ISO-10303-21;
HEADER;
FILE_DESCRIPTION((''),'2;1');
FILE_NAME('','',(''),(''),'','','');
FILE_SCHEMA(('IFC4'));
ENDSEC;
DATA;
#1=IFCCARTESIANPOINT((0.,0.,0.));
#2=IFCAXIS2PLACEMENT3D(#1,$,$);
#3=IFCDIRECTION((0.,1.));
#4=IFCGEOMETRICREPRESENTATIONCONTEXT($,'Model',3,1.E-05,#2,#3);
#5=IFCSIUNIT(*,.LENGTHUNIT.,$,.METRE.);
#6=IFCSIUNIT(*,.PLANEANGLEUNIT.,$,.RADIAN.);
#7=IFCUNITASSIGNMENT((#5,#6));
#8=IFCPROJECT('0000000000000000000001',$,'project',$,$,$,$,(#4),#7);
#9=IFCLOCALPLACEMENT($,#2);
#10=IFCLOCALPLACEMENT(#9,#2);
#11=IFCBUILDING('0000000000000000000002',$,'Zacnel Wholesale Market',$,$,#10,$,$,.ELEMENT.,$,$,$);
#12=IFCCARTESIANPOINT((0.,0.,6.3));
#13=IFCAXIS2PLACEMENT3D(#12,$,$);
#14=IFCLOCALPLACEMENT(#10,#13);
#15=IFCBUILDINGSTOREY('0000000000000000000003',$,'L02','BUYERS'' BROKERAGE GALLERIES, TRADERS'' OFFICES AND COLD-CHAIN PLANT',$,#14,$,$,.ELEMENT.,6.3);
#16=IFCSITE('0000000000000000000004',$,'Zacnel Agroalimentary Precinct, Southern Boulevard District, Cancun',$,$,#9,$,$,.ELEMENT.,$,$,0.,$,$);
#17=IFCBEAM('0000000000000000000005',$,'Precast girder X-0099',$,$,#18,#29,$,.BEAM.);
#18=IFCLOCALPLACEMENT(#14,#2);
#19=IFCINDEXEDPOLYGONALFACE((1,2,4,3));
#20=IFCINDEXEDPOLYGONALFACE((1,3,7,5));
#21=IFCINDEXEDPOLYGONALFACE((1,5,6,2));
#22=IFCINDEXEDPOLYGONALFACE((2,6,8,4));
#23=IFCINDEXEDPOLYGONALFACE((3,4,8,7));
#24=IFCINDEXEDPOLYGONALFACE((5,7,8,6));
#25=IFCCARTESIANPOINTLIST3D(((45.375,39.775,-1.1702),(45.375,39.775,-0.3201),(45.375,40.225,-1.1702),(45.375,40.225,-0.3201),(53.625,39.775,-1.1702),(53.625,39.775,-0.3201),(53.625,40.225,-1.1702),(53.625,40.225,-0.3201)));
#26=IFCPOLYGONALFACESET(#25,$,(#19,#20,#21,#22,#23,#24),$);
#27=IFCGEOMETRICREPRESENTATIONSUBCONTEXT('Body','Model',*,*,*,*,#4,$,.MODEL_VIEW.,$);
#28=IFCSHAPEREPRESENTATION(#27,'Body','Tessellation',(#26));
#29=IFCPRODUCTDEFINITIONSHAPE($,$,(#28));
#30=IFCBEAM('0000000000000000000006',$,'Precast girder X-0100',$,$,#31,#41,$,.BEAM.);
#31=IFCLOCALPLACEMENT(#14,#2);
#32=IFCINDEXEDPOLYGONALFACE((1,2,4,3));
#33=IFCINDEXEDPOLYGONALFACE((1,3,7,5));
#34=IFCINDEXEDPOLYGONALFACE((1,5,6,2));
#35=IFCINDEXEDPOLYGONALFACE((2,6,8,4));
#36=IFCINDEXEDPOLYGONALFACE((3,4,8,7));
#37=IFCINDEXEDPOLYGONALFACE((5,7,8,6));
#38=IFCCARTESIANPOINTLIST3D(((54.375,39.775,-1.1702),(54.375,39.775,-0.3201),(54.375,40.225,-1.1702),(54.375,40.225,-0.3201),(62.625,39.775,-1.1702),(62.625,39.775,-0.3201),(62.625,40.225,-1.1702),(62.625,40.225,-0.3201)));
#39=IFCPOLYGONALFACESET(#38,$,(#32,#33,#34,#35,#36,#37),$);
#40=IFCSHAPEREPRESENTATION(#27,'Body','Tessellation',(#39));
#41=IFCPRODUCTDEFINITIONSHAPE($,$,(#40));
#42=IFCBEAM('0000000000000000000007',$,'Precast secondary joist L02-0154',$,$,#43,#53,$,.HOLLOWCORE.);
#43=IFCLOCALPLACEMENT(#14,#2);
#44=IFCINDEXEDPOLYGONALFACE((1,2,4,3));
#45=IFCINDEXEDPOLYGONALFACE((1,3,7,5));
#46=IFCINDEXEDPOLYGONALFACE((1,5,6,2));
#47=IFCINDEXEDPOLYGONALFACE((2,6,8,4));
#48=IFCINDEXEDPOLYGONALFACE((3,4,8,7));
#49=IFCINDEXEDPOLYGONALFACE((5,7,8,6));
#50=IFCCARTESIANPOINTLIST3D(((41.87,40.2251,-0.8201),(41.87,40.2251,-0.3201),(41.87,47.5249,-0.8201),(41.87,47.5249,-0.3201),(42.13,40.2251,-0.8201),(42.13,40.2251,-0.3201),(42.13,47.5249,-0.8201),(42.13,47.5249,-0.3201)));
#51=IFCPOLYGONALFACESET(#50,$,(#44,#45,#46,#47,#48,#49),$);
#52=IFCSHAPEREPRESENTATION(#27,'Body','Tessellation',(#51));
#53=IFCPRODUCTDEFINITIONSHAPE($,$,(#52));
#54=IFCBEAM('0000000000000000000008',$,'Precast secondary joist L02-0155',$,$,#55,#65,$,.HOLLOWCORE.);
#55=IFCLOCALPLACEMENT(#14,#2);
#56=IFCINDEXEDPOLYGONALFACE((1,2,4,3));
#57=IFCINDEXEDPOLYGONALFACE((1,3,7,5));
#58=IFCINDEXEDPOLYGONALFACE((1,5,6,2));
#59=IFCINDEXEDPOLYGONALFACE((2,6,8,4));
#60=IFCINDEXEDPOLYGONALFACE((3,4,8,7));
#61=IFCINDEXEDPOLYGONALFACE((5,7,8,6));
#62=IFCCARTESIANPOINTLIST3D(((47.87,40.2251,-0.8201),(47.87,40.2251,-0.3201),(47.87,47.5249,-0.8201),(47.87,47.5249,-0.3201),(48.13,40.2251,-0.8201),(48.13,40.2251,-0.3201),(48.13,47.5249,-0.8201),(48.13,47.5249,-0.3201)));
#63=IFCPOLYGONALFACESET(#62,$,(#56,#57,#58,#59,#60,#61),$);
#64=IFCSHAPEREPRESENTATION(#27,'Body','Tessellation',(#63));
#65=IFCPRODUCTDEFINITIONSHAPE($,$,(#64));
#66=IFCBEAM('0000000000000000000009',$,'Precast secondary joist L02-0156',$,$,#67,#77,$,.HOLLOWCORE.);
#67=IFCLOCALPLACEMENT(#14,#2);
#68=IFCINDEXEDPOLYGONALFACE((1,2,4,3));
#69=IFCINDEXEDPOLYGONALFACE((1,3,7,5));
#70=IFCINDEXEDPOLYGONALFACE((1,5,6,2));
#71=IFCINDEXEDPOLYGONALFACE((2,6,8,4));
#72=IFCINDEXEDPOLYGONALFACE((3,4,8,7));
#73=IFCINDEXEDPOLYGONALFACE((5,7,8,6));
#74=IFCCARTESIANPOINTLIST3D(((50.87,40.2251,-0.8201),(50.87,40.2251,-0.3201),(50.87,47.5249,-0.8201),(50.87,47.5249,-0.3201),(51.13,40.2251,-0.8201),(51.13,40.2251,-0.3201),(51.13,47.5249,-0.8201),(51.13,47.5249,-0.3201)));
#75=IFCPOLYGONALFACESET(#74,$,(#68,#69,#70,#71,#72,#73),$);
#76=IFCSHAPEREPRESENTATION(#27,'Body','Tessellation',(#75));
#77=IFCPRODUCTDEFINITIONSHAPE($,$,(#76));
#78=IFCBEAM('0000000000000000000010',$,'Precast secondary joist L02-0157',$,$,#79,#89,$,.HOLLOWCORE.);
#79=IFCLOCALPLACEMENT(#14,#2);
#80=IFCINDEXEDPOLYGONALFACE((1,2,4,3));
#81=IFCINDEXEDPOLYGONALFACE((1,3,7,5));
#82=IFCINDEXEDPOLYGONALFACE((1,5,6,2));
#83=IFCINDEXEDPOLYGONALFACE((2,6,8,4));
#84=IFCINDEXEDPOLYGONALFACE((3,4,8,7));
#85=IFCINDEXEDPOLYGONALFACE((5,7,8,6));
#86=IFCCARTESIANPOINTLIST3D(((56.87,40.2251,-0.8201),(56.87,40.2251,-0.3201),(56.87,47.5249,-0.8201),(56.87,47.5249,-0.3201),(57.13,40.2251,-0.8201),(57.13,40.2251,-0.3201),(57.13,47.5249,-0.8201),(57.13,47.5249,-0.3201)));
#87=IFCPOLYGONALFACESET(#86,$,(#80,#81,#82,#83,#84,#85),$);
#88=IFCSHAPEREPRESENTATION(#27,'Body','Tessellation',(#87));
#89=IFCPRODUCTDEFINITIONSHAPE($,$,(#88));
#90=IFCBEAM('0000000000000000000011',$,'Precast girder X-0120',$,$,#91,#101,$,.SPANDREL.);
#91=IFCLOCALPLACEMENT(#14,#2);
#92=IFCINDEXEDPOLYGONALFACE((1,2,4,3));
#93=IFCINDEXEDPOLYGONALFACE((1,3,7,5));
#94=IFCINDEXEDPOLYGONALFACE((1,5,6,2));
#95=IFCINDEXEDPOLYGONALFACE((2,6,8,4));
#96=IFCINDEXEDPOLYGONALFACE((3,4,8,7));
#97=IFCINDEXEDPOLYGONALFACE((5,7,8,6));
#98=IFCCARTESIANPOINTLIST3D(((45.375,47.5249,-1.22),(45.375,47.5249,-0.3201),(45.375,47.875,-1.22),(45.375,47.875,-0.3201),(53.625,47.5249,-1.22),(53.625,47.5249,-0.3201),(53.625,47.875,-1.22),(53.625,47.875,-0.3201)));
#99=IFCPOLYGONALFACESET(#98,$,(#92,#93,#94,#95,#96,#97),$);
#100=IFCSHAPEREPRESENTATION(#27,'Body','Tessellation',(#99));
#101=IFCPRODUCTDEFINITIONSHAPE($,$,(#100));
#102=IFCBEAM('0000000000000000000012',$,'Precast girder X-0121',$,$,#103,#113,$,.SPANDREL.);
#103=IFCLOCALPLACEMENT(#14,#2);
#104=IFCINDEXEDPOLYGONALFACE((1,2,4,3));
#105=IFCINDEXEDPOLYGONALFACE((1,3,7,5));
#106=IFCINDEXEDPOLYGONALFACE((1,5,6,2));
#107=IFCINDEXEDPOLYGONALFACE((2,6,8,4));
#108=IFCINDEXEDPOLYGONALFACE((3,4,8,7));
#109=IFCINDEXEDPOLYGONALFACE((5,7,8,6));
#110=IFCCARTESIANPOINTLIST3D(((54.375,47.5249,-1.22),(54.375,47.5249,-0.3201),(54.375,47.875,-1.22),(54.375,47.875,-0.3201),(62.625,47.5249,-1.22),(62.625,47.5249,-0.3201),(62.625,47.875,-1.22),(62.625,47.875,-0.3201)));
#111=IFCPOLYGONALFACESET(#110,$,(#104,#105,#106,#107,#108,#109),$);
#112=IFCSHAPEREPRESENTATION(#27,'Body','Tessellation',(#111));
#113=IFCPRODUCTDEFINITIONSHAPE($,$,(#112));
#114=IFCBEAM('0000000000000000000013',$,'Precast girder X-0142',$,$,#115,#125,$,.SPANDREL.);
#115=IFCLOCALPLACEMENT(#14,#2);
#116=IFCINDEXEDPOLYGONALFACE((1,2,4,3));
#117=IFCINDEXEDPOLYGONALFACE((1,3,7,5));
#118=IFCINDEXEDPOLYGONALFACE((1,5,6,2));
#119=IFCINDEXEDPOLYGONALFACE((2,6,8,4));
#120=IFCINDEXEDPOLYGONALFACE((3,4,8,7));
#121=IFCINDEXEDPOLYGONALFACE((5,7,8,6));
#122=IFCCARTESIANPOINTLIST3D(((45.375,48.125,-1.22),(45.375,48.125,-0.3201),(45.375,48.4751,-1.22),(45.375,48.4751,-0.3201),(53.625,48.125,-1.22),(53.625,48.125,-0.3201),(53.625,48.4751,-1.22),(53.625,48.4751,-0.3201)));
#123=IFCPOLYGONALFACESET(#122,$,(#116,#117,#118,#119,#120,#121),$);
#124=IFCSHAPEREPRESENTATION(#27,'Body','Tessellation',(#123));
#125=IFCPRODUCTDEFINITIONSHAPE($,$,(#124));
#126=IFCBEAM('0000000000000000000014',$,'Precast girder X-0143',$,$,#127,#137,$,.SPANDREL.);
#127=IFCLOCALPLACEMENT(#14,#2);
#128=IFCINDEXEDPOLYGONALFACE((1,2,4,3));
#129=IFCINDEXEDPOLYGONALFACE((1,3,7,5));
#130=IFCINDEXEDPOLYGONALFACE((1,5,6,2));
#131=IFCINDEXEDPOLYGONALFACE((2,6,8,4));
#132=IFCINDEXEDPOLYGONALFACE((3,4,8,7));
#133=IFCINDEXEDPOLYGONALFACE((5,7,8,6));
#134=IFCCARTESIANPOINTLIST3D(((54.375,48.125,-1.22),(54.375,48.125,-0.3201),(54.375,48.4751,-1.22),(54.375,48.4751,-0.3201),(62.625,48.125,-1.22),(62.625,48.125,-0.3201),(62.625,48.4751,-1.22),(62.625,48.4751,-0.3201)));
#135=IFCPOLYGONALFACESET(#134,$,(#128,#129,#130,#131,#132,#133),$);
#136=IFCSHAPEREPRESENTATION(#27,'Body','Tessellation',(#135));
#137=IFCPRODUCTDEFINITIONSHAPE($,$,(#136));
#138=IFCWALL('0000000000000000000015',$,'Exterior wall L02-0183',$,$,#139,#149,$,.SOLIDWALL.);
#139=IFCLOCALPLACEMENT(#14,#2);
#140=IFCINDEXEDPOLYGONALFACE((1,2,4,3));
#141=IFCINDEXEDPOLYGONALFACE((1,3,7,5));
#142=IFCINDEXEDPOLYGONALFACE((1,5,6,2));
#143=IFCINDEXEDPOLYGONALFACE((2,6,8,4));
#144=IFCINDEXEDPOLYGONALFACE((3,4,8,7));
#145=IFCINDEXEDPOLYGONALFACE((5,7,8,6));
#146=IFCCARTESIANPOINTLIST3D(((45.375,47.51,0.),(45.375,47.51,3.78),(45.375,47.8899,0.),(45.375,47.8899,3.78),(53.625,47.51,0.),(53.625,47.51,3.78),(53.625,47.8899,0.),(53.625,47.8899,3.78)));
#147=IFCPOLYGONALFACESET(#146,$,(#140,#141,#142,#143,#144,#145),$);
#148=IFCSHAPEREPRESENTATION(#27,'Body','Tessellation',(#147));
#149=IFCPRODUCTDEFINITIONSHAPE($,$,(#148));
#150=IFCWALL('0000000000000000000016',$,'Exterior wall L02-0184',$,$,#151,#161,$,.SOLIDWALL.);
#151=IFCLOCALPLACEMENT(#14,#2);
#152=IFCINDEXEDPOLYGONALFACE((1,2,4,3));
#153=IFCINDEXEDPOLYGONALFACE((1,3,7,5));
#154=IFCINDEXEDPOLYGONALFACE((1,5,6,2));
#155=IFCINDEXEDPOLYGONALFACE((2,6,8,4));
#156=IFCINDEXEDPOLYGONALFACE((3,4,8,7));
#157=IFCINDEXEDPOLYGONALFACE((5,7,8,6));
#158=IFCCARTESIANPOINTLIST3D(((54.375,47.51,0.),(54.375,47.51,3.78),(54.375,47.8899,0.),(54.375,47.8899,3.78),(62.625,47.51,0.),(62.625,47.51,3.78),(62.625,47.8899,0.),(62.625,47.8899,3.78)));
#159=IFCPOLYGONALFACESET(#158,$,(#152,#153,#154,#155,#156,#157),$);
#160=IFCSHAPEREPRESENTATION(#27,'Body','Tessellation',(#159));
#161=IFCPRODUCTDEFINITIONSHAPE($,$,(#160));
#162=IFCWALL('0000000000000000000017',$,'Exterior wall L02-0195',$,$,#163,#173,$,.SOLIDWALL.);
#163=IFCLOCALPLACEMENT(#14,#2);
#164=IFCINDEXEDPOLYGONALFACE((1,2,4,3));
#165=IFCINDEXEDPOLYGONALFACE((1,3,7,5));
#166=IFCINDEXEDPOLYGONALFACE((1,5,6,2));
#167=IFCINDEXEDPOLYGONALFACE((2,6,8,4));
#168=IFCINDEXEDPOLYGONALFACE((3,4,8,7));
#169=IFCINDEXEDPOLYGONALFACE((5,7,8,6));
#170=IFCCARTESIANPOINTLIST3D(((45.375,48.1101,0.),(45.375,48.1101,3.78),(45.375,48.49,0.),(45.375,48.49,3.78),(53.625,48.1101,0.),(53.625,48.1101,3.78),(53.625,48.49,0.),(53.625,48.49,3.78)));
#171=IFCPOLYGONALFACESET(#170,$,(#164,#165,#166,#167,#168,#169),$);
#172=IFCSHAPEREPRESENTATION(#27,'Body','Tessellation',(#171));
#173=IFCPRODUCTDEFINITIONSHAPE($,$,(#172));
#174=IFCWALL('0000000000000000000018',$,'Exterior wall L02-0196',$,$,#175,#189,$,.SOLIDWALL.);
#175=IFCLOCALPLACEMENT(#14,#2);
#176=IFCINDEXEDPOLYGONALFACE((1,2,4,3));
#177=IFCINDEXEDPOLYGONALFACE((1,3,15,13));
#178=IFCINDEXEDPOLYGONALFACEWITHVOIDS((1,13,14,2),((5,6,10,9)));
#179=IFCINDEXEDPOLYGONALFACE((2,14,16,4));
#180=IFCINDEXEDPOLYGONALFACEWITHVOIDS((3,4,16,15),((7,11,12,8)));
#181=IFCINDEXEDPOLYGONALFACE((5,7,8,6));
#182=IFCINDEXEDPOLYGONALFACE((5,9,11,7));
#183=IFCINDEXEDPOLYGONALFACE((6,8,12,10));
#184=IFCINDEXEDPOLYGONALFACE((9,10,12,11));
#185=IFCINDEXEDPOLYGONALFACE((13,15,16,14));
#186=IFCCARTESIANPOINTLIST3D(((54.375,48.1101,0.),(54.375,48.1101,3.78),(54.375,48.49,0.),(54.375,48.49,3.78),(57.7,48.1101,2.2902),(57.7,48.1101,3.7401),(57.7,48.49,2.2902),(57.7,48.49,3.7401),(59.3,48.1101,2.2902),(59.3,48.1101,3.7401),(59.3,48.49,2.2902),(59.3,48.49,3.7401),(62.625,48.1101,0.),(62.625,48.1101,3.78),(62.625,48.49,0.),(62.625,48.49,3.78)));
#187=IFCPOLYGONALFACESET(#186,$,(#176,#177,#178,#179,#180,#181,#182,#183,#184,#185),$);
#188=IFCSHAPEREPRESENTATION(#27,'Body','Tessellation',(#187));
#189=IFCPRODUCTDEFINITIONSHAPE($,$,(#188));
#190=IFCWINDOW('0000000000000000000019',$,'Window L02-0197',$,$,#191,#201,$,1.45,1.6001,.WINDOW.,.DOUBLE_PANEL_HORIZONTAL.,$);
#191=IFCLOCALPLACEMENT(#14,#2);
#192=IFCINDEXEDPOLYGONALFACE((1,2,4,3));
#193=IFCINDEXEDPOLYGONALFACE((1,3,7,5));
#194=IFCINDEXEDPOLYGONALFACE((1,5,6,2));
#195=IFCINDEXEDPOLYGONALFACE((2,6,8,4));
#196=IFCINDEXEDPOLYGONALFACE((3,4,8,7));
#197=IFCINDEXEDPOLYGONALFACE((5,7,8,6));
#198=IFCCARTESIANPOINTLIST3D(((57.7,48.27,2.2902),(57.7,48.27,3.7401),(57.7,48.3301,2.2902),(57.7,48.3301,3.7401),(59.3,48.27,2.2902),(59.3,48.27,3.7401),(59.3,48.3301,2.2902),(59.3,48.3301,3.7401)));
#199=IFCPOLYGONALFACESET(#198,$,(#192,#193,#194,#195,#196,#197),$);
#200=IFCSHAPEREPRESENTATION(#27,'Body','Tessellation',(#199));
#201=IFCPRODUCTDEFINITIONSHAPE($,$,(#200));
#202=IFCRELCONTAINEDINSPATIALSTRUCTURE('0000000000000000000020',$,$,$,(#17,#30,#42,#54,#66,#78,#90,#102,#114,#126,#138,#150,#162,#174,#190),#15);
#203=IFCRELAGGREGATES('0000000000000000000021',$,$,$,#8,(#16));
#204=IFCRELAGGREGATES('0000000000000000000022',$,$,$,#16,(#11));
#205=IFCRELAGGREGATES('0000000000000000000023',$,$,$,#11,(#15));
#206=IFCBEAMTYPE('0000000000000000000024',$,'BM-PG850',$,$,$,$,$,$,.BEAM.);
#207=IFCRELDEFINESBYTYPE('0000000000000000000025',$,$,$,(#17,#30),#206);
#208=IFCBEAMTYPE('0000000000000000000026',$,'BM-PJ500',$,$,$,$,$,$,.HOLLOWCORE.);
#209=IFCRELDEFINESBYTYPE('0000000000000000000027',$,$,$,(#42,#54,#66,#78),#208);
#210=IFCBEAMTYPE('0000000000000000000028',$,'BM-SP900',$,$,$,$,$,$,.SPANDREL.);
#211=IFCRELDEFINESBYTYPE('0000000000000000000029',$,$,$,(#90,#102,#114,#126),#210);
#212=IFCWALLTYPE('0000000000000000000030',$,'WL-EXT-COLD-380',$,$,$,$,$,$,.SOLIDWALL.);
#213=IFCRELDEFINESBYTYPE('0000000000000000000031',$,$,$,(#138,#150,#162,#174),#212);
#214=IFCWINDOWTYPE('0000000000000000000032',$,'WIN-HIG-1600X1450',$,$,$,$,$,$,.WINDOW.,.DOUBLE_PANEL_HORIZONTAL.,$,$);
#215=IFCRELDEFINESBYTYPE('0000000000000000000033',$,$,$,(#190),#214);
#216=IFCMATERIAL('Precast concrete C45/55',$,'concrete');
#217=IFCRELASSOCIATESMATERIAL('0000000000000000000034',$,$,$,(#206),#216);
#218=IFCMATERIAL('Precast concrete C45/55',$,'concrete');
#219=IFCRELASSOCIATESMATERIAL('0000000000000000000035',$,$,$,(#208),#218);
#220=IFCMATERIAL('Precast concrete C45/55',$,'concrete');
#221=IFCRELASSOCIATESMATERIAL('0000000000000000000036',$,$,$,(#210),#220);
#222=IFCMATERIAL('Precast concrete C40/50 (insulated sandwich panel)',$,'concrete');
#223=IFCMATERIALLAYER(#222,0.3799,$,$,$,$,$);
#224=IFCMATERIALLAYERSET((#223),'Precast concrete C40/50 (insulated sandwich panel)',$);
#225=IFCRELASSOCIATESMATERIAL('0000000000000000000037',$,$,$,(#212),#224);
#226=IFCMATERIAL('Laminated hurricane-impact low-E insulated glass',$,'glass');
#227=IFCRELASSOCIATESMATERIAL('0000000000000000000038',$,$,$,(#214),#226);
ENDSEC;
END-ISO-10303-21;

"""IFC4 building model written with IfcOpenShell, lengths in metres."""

from ifc_helpers import new_model, si_unit, direction, frame, frame_2d, origin, origin_2d, place, context, subcontext, project, spatial, rectangle, extrude, material, layer, layer_set, material_profile, profile_set, type_object, element, fill, save


model = new_model("IFC4")

# Units and contexts
model_context = context("Model", 3, precision=1e-05, world=origin(), true_north=direction((0.0, 1.0)))
body_context = subcontext(model_context, "Body", "Model", "MODEL_VIEW")
ifc_project = project(units=[si_unit("LENGTHUNIT", "METRE"), si_unit("PLANEANGLEUNIT", "RADIAN")], contexts=[model_context])

# Site, building, storey
site_placement = place(None, origin())
site = spatial("IfcSite", under=ifc_project, at=site_placement, Name="Zacnel Agroalimentary Precinct, Southern Boulevard District, Cancun", CompositionType="ELEMENT", RefElevation=0.0)
building_placement = place(site_placement, origin())
building = spatial("IfcBuilding", under=site, at=building_placement, Name="Zacnel Wholesale Market", CompositionType="ELEMENT")
storey_placement = place(building_placement, frame((0.0, 0.0, 6.3)))
storey = spatial("IfcBuildingStorey", under=building, at=storey_placement, Name="L02", Description="BUYERS' BROKERAGE GALLERIES, TRADERS' OFFICES AND COLD-CHAIN PLANT", CompositionType="ELEMENT", Elevation=6.3)

# Beams
ifc_material_1 = material(Name="Precast concrete C45/55", Category="concrete")
ifc_material_profile_1 = material_profile(ifc_material_1, rectangle(XDim=0.45, YDim=0.8501, at=origin_2d()), Name="PG 450x850")
ifc_profile_set_1 = profile_set([ifc_material_profile_1], Name="Precast concrete C45/55")
beam_type_1 = type_object("IfcBeamType", Name="BM-PG850", PredefinedType="BEAM", material=ifc_profile_set_1)
for number, where, z_axis, x_axis, name in (
    (1, (45.375, 40.0, -0.7451), (1.0, 0.0, 0.0), (0.0, 1.0, 0.0), "Precast girder X-0099"),
    (2, (54.375, 40.0, -0.7451), (1.0, 0.0, 0.0), (0.0, 1.0, 0.0), "Precast girder X-0100"),
):
    element("IfcBeam", number, at=place(storey_placement, frame(where, z_axis=z_axis, x_axis=x_axis)), inside=storey, type_object=beam_type_1, Name=name, PredefinedType="BEAM", context=body_context, shape_type="SweptSolid", body=[
        extrude(rectangle(XDim=0.45, YDim=0.8501, at=origin_2d()), origin(), (0.0, 0.0, 1.0), 8.25),
    ])
ifc_material_2 = material(Name="Precast concrete C45/55", Category="concrete")
ifc_material_profile_2 = material_profile(ifc_material_2, rectangle(XDim=0.26, YDim=0.5, at=origin_2d()), Name="PJ 260x500")
ifc_profile_set_2 = profile_set([ifc_material_profile_2], Name="Precast concrete C45/55")
beam_type_2 = type_object("IfcBeamType", Name="BM-PJ500", PredefinedType="HOLLOWCORE", material=ifc_profile_set_2)
for number, where, z_axis, x_axis, name in (
    (3, (42.0, 40.2251, -0.5701), (0.0, 1.0, 0.0), (-1.0, 0.0, 0.0), "Precast secondary joist L02-0154"),
    (4, (48.0, 40.2251, -0.5701), (0.0, 1.0, 0.0), (-1.0, 0.0, 0.0), "Precast secondary joist L02-0155"),
    (5, (51.0, 40.2251, -0.5701), (0.0, 1.0, 0.0), (-1.0, 0.0, 0.0), "Precast secondary joist L02-0156"),
    (6, (57.0, 40.2251, -0.5701), (0.0, 1.0, 0.0), (-1.0, 0.0, 0.0), "Precast secondary joist L02-0157"),
):
    element("IfcBeam", number, at=place(storey_placement, frame(where, z_axis=z_axis, x_axis=x_axis)), inside=storey, type_object=beam_type_2, Name=name, PredefinedType="HOLLOWCORE", context=body_context, shape_type="SweptSolid", body=[
        extrude(rectangle(XDim=0.26, YDim=0.5, at=origin_2d()), origin(), (0.0, 0.0, 1.0), 7.2998),
    ])
ifc_material_3 = material(Name="Precast concrete C45/55", Category="concrete")
ifc_material_profile_3 = material_profile(ifc_material_3, rectangle(XDim=0.3501, YDim=0.8999, at=origin_2d()), Name="SP 350x900")
ifc_profile_set_3 = profile_set([ifc_material_profile_3], Name="Precast concrete C45/55")
beam_type_3 = type_object("IfcBeamType", Name="BM-SP900", PredefinedType="SPANDREL", material=ifc_profile_set_3)
for number, where, z_axis, x_axis, name in (
    (7, (45.375, 47.7, -0.77), (1.0, 0.0, 0.0), (0.0, 1.0, 0.0), "Precast girder X-0120"),
    (8, (54.375, 47.7, -0.77), (1.0, 0.0, 0.0), (0.0, 1.0, 0.0), "Precast girder X-0121"),
    (9, (45.375, 48.3, -0.77), (1.0, 0.0, 0.0), (0.0, 1.0, 0.0), "Precast girder X-0142"),
    (10, (54.375, 48.3, -0.77), (1.0, 0.0, 0.0), (0.0, 1.0, 0.0), "Precast girder X-0143"),
):
    element("IfcBeam", number, at=place(storey_placement, frame(where, z_axis=z_axis, x_axis=x_axis)), inside=storey, type_object=beam_type_3, Name=name, PredefinedType="SPANDREL", context=body_context, shape_type="SweptSolid", body=[
        extrude(rectangle(XDim=0.3501, YDim=0.8999, at=origin_2d()), origin(), (0.0, 0.0, 1.0), 8.25),
    ])

# Walls
ifc_material_4 = material(Name="Precast concrete C40/50 (insulated sandwich panel)", Category="concrete")
ifc_layer_1 = layer(ifc_material_4, 0.3799)
ifc_layer_set_1 = layer_set([ifc_layer_1], Name="Precast concrete C40/50 (insulated sandwich panel)")
wall_type_1 = type_object("IfcWallType", Name="WL-EXT-COLD-380", PredefinedType="SOLIDWALL", material=ifc_layer_set_1)
for number, where, z_axis, x_axis, name in (
    (11, (45.375, 47.7, 0.0), (0.0, 0.0, 1.0), (1.0, 0.0, 0.0), "Exterior wall L02-0183"),
    (12, (54.375, 47.7, 0.0), (0.0, 0.0, 1.0), (1.0, 0.0, 0.0), "Exterior wall L02-0184"),
    (13, (45.375, 48.3, 0.0), (0.0, 0.0, 1.0), (1.0, 0.0, 0.0), "Exterior wall L02-0195"),
):
    element("IfcWall", number, at=place(storey_placement, frame(where, z_axis=z_axis, x_axis=x_axis)), inside=storey, type_object=wall_type_1, Name=name, PredefinedType="SOLIDWALL", context=body_context, shape_type="SweptSolid", body=[
        extrude(rectangle(XDim=8.25, YDim=0.3799, at=frame_2d((4.125, 0.0))), origin(), (0.0, 0.0, 1.0), 3.78),
    ])

# Wall, opening, window
wall_1_placement = place(storey_placement, frame((54.375, 48.3, 0.0), z_axis=(0.0, 0.0, 1.0), x_axis=(1.0, 0.0, 0.0)))
wall_1 = element("IfcWall", 14, at=wall_1_placement, inside=storey, type_object=wall_type_1, Name="Exterior wall L02-0196", PredefinedType="SOLIDWALL", context=body_context, shape_type="SweptSolid", body=[
    extrude(rectangle(XDim=8.25, YDim=0.3799, at=frame_2d((4.125, 0.0))), origin(), (0.0, 0.0, 1.0), 3.78),
])
opening_1_placement = place(wall_1_placement, frame((3.325, 0.0, 2.29)))
opening_1 = element("IfcOpeningElement", 15, at=opening_1_placement, cuts=wall_1, PredefinedType="OPENING", context=body_context, shape_type="SweptSolid", body=[
    extrude(rectangle(XDim=1.6001, YDim=1.45, at=frame_2d((0.8, 0.7251))), frame((0.0, 0.2, 0.0), z_axis=(0.0, -1.0, 0.0), x_axis=(1.0, 0.0, 0.0)), (0.0, 0.0, 1.0), 0.3999),
])
ifc_material_5 = material(Name="Laminated hurricane-impact low-E insulated glass", Category="glass")
window_type = type_object("IfcWindowType", Name="WIN-HIG-1600X1450", PartitioningType="DOUBLE_PANEL_HORIZONTAL", PredefinedType="WINDOW", material=ifc_material_5)
window_placement = place(opening_1_placement, origin())
window = element("IfcWindow", 16, at=window_placement, inside=storey, type_object=window_type, Name="Window L02-0197", OverallHeight=1.45, OverallWidth=1.6001, PartitioningType="DOUBLE_PANEL_HORIZONTAL", PredefinedType="WINDOW", context=body_context, shape_type="SweptSolid", body=[
    extrude(rectangle(XDim=1.6001, YDim=1.45, at=frame_2d((0.8, 0.7251))), frame((0.0, 0.03, 0.0), z_axis=(0.0, -1.0, 0.0), x_axis=(1.0, 0.0, 0.0)), (0.0, 0.0, 1.0), 0.0601),
])
fill(opening_1, window)

save(model, "model.ifc")
